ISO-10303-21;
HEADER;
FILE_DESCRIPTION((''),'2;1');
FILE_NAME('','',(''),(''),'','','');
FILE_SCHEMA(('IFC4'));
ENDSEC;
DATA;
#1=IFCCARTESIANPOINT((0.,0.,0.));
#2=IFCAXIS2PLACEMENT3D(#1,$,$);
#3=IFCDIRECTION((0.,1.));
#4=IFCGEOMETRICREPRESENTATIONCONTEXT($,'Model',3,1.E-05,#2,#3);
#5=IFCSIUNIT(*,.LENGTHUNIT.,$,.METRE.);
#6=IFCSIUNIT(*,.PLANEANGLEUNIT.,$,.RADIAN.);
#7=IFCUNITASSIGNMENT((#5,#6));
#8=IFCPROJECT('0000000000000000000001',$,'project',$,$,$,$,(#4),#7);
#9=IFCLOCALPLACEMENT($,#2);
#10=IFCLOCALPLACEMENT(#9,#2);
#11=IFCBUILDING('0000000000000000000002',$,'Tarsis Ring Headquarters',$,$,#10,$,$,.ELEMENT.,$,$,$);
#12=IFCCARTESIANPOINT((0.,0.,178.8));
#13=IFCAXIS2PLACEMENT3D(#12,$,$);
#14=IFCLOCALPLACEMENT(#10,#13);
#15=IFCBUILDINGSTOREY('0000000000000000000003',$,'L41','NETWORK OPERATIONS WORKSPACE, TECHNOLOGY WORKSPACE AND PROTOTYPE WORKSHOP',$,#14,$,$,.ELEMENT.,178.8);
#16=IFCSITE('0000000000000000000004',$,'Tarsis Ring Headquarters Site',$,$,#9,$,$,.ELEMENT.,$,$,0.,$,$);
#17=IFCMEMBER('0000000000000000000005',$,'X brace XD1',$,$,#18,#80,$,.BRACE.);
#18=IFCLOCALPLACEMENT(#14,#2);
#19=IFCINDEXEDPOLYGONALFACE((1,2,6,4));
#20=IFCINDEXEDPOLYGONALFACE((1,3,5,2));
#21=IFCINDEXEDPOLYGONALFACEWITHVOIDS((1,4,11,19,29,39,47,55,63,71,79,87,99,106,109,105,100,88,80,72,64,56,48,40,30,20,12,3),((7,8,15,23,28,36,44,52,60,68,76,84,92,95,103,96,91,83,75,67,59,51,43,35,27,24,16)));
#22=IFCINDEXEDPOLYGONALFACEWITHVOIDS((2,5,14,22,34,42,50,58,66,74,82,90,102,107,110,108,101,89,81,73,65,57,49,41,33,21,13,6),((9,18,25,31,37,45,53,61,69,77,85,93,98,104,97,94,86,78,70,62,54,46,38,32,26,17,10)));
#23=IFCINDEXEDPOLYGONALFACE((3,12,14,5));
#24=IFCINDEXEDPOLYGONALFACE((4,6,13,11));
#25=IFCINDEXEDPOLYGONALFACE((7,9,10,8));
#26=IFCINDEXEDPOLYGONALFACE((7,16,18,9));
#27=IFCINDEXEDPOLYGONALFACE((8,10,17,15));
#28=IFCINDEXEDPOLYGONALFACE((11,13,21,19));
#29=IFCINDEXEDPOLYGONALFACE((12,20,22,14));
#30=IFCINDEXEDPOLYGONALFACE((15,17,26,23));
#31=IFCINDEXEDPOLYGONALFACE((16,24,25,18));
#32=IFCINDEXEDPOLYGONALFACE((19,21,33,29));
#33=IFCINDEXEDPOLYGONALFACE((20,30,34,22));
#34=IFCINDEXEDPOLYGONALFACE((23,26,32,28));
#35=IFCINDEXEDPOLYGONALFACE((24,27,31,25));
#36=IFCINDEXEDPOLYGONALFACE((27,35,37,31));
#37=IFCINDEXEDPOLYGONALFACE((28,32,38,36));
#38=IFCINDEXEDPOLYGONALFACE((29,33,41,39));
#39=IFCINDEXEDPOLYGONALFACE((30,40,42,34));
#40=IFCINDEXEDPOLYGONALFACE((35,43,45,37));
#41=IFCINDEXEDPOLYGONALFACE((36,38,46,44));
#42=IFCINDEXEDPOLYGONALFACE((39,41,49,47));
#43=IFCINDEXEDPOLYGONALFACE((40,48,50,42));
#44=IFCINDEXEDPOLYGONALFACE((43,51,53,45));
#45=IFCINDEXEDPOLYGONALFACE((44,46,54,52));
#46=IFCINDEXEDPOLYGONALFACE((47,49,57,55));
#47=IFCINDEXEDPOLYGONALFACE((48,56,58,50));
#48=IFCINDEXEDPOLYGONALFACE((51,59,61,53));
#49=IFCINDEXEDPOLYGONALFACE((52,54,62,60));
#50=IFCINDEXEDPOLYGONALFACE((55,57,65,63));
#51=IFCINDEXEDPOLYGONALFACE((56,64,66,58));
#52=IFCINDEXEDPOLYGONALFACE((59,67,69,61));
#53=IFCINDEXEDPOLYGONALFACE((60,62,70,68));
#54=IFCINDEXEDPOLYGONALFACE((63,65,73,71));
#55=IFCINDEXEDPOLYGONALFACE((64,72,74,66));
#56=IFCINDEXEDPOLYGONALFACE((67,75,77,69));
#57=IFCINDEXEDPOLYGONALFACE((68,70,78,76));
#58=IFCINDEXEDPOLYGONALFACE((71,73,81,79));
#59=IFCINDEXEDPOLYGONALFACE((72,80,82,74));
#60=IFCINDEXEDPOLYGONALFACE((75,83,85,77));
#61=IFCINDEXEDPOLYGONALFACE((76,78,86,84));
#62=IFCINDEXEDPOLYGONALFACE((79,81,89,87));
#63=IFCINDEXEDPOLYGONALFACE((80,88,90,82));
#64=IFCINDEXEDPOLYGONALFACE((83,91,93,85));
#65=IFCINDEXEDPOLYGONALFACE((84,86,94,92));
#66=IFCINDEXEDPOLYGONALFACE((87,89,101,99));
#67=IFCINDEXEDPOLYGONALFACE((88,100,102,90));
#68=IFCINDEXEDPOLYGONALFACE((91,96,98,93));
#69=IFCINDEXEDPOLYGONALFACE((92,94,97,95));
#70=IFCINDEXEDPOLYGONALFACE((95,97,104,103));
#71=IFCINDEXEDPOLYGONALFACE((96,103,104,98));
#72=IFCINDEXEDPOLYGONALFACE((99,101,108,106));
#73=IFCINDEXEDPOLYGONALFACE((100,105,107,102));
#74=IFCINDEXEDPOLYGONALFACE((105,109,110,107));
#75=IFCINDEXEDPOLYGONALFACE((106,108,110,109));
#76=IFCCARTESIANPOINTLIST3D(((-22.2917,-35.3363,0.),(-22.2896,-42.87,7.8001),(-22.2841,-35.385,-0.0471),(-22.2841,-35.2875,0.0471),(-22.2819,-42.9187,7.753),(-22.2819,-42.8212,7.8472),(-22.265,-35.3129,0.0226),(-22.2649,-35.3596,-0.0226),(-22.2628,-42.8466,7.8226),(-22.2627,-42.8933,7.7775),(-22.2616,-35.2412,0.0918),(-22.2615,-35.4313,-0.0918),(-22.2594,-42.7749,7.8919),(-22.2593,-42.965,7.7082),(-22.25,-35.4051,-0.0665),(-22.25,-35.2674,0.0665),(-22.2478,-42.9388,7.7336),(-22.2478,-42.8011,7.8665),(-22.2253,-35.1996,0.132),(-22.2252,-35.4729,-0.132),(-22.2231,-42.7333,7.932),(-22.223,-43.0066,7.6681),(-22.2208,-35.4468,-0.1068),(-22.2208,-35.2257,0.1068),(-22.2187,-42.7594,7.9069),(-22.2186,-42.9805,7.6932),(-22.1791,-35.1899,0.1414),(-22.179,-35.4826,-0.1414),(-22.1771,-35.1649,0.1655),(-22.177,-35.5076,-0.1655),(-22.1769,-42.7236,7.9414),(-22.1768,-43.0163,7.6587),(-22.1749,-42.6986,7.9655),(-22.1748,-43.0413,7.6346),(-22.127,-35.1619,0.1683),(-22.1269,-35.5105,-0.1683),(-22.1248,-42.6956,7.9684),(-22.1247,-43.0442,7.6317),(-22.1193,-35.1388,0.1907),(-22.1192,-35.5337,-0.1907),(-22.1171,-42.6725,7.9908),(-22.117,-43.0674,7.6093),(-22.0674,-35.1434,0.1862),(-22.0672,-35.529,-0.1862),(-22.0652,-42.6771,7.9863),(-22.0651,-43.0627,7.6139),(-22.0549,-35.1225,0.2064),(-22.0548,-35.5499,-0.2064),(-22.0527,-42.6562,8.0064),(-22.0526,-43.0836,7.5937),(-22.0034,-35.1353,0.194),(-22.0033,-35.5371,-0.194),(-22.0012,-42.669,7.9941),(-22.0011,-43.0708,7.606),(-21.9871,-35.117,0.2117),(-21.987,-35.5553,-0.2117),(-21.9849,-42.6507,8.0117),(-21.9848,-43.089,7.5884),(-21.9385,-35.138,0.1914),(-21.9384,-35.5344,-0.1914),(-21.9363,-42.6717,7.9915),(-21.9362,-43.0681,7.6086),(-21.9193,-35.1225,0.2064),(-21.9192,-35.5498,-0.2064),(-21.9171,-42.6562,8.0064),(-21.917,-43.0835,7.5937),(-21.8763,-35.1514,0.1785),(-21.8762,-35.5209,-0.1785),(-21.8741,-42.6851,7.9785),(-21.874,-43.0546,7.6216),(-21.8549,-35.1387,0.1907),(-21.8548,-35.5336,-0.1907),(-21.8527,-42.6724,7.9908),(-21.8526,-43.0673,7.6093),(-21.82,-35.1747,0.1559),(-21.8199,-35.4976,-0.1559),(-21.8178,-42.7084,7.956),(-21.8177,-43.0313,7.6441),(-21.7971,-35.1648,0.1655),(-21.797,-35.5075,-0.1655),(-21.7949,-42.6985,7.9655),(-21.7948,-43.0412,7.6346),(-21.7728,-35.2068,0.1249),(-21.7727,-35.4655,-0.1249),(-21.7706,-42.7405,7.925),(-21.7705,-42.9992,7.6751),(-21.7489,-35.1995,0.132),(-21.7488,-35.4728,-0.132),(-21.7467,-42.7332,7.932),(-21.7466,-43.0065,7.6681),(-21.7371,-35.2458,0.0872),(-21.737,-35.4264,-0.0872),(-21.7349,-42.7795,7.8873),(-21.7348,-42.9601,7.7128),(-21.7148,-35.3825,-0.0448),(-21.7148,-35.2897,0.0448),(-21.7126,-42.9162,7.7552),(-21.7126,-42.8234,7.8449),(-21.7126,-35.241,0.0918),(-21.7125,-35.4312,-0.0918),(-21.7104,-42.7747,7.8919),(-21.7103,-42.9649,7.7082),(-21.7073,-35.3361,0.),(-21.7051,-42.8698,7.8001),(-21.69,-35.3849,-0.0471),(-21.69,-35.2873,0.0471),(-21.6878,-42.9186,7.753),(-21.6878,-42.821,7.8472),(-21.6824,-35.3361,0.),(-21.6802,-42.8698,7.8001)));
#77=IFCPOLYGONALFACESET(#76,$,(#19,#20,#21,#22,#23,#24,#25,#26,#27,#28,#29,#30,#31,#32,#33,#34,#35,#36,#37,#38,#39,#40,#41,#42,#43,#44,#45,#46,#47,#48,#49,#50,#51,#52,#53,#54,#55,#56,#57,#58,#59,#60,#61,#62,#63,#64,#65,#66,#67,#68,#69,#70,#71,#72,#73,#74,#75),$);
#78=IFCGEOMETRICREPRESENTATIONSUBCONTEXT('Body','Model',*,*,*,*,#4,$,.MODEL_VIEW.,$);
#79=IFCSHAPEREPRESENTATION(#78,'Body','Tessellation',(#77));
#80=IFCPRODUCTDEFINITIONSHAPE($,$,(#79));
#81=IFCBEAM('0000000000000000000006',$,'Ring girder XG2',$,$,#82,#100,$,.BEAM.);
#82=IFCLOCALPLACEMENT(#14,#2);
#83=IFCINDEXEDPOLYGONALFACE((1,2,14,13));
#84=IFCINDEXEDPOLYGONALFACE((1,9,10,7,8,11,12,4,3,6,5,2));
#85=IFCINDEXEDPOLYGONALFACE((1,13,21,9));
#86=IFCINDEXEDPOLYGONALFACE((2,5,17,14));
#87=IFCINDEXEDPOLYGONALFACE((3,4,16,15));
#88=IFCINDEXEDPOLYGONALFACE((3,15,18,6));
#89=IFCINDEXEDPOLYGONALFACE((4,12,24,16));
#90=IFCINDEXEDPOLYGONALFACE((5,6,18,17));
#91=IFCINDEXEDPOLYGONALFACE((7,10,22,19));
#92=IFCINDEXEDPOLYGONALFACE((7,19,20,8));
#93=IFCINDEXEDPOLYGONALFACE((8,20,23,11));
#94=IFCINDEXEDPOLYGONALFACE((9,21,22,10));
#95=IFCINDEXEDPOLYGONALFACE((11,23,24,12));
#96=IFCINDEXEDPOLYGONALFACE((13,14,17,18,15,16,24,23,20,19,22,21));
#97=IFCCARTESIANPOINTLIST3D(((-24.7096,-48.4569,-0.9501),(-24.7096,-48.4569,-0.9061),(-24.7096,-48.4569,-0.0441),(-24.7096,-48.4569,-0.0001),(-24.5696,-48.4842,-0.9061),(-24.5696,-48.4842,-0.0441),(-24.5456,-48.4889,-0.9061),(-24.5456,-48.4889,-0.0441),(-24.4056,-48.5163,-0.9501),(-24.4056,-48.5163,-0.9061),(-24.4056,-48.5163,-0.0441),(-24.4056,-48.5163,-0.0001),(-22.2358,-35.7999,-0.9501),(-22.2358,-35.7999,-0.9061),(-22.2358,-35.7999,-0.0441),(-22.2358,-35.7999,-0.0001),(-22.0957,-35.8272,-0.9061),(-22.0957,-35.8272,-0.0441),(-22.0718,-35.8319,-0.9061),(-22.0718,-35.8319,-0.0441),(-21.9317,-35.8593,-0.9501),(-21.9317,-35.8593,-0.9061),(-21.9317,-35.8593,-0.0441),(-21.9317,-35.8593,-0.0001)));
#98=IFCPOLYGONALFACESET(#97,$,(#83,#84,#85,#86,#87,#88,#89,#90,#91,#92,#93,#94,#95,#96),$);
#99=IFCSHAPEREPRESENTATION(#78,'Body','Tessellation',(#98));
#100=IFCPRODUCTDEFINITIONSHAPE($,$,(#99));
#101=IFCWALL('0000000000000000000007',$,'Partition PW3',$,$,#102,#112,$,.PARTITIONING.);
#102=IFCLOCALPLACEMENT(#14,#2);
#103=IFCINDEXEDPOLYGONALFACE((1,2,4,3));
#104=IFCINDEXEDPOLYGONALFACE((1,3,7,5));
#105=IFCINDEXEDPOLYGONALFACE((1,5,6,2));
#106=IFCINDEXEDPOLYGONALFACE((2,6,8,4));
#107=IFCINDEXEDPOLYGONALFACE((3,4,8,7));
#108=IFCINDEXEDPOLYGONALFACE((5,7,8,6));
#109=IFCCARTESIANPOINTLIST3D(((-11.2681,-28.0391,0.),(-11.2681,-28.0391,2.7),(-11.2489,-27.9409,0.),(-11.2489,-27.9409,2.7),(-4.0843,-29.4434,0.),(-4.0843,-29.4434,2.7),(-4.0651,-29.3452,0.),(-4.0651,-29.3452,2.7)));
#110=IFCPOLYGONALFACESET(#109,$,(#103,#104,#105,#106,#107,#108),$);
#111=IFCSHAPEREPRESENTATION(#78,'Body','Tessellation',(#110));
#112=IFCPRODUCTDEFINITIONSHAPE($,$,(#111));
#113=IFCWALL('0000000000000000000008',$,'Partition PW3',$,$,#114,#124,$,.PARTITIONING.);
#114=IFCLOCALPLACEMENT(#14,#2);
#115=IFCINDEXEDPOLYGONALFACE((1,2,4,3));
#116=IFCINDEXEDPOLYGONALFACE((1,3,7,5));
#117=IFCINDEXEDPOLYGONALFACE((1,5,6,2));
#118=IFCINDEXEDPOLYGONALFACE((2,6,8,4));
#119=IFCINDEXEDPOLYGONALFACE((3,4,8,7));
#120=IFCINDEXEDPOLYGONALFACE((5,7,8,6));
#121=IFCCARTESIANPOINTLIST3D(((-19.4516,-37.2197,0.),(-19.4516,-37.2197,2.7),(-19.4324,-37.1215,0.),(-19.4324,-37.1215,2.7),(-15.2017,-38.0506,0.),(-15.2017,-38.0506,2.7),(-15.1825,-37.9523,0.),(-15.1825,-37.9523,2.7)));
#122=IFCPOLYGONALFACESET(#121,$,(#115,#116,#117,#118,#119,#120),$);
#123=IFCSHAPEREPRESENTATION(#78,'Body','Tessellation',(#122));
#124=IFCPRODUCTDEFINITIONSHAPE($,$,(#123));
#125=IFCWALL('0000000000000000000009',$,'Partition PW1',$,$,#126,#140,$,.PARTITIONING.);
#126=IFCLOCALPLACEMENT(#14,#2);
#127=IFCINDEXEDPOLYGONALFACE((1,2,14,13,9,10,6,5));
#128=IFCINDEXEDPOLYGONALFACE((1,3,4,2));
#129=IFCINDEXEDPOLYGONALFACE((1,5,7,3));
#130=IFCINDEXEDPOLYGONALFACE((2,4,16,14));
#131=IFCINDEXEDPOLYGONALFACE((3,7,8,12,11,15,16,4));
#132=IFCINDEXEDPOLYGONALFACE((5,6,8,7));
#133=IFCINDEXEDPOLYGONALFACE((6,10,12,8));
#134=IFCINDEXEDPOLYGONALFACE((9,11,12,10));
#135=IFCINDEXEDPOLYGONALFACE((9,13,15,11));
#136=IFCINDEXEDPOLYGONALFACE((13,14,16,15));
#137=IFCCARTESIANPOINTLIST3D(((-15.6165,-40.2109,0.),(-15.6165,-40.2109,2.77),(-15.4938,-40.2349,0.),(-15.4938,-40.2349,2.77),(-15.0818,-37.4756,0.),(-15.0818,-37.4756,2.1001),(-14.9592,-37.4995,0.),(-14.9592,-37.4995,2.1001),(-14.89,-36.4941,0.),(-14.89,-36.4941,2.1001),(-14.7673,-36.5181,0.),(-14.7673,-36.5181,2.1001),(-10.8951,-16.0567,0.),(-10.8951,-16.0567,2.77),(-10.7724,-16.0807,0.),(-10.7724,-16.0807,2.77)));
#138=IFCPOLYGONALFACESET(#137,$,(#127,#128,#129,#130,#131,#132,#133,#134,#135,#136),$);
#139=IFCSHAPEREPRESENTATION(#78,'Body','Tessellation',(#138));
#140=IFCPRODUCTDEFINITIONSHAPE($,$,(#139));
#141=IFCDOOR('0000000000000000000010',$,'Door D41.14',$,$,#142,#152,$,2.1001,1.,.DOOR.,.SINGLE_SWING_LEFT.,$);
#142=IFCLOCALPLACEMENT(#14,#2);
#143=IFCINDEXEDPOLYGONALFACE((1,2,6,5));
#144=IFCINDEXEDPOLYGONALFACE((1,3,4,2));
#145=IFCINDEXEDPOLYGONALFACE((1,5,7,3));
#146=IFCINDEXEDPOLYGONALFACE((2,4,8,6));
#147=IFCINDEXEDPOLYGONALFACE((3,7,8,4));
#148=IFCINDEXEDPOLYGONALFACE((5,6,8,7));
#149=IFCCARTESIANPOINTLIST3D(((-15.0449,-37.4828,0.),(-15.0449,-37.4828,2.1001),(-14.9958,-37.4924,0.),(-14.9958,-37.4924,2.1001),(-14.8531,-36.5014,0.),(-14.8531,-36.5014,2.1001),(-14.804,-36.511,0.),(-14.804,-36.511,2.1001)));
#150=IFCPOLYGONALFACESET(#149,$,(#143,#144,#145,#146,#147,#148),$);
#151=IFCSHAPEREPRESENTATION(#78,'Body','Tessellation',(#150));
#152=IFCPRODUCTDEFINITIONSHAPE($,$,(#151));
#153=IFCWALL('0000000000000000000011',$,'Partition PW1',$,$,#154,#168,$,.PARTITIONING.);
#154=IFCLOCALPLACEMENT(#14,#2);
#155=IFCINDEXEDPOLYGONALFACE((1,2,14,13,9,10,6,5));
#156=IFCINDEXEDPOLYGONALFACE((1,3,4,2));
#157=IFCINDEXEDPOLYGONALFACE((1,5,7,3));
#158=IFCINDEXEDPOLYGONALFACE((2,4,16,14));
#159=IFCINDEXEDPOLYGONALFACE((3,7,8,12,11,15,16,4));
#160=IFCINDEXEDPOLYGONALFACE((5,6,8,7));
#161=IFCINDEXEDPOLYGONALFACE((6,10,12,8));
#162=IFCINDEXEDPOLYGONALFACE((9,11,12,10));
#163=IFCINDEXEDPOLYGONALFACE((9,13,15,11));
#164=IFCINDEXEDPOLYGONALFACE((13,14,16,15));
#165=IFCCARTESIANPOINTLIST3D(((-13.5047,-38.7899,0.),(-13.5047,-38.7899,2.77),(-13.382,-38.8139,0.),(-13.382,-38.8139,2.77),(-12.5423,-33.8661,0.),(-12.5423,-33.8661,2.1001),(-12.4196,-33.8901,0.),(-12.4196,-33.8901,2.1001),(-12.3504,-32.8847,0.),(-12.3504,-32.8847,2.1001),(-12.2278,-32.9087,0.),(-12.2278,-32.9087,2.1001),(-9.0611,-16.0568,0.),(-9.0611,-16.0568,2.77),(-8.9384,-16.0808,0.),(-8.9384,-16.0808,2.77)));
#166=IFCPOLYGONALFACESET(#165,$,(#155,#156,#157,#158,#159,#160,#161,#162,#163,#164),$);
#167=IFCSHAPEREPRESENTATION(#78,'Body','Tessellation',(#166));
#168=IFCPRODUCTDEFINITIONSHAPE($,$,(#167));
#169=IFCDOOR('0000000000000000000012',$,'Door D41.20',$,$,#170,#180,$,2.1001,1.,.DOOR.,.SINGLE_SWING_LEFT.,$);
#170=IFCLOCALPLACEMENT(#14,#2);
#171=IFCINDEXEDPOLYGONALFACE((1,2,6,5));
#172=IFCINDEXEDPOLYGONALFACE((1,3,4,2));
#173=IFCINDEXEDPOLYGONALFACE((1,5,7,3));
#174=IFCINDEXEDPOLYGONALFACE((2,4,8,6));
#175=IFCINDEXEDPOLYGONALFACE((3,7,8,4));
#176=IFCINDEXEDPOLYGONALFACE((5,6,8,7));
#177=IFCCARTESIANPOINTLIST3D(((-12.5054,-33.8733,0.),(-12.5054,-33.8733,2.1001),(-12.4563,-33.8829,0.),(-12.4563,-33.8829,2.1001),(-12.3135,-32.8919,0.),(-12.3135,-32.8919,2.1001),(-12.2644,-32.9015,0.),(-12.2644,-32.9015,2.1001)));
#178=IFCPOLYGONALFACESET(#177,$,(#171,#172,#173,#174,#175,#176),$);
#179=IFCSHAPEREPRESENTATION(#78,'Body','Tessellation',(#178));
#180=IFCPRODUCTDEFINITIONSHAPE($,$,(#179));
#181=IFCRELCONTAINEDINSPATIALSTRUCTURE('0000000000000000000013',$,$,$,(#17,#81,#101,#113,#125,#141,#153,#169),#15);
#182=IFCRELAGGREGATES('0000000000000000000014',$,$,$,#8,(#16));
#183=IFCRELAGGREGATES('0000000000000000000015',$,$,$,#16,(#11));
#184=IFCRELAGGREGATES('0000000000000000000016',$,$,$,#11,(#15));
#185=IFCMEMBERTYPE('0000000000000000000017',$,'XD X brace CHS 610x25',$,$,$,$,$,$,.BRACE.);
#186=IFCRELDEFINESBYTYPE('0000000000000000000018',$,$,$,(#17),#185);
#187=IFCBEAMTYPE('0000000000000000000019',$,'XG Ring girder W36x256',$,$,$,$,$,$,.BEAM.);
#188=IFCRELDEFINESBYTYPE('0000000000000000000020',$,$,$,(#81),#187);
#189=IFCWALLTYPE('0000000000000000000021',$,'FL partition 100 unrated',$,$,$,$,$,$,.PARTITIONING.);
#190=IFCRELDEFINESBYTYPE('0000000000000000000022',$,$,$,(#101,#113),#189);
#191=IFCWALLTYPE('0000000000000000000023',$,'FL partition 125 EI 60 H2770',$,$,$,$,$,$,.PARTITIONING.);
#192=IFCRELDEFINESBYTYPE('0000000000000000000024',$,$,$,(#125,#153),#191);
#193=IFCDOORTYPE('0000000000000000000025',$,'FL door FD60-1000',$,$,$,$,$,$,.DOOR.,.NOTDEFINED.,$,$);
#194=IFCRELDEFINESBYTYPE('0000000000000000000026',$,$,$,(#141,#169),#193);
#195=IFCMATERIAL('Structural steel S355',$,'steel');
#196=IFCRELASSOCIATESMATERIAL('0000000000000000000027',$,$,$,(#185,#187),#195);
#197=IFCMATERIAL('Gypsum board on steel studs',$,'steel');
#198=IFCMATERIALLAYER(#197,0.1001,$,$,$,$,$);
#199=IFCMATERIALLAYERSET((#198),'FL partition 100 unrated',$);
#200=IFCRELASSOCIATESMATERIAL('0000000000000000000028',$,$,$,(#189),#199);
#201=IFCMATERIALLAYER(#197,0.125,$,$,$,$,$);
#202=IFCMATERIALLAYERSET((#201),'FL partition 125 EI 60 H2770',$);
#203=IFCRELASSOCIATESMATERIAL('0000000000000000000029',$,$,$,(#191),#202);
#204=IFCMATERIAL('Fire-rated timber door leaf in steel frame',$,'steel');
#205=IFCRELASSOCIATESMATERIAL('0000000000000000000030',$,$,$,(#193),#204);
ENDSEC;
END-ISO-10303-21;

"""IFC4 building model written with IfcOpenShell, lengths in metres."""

from ifc_helpers import new_model, si_unit, direction, frame, frame_2d, origin, origin_2d, place, context, subcontext, project, spatial, rectangle, hollow_circle, i_section, extrude, material, layer, layer_set, material_profile, profile_set, type_object, element, fill, save


model = new_model("IFC4")

# Units and contexts
model_context = context("Model", 3, precision=1e-05, world=origin(), true_north=direction((0.0, 1.0)))
body_context = subcontext(model_context, "Body", "Model", "MODEL_VIEW")
ifc_project = project(units=[si_unit("LENGTHUNIT", "METRE"), si_unit("PLANEANGLEUNIT", "RADIAN")], contexts=[model_context])

# Site, building, storey
site_placement = place(None, origin())
site = spatial("IfcSite", under=ifc_project, at=site_placement, Name="Tarsis Ring Headquarters Site", CompositionType="ELEMENT", RefElevation=0.0)
building_placement = place(site_placement, origin())
building = spatial("IfcBuilding", under=site, at=building_placement, Name="Tarsis Ring Headquarters", CompositionType="ELEMENT")
storey_placement = place(building_placement, frame((0.0, 0.0, 178.8)))
storey = spatial("IfcBuildingStorey", under=building, at=storey_placement, Name="L41", Description="NETWORK OPERATIONS WORKSPACE, TECHNOLOGY WORKSPACE AND PROTOTYPE WORKSHOP", CompositionType="ELEMENT", Elevation=178.8)

# Shared definitions
ifc_material_1 = material(Name="Structural steel S355", Category="steel")

# Shared definitions
ifc_material_profile_1 = material_profile(ifc_material_1, i_section(OverallWidth=0.3098, OverallDepth=0.95, WebThickness=0.0244, FlangeThickness=0.0439, at=origin_2d()), Name="W36x256")
ifc_profile_set_1 = profile_set([ifc_material_profile_1], Name="Structural steel S355")

# Member
ifc_material_profile_2 = material_profile(ifc_material_1, hollow_circle(Radius=0.3047, WallThickness=0.0249, at=origin_2d()), Name="CHS 610x25")
ifc_profile_set_2 = profile_set([ifc_material_profile_2], Name="Structural steel S355")
member_type = type_object("IfcMemberType", Name="XD X brace CHS 610x25", PredefinedType="BRACE", material=ifc_profile_set_2)
member_placement = place(storey_placement, frame((-21.9871, -35.3362, 0.0), z_axis=(0.000203, -0.694719, 0.719281), x_axis=(1.0, 0.000292, 0.0)))
element("IfcMember", 1, at=member_placement, inside=storey, type_object=member_type, Name="X brace XD1", PredefinedType="BRACE", context=body_context, shape_type="SweptSolid", body=[
    extrude(hollow_circle(Radius=0.3047, WallThickness=0.0249, at=origin_2d()), origin(), (0.0, 0.0, 1.0), 10.8442),
])

# Beam
beam_type_1 = type_object("IfcBeamType", Name="XG Ring girder W36x256", PredefinedType="BEAM", material=ifc_profile_set_1)
beam_placement = place(storey_placement, frame((-22.0837, -35.8296, -0.4751), z_axis=(-0.191826, -0.981429, 0.0), x_axis=(0.981429, -0.191826, 0.0)))
element("IfcBeam", 2, at=beam_placement, inside=storey, type_object=beam_type_1, Name="Ring girder XG2", PredefinedType="BEAM", context=body_context, shape_type="SweptSolid", body=[
    extrude(i_section(OverallWidth=0.3098, OverallDepth=0.95, WebThickness=0.0244, FlangeThickness=0.0439, at=origin_2d()), origin(), (0.0, 0.0, 1.0), 12.8965),
])

# Walls
ifc_material_2 = material(Name="Gypsum board on steel studs", Category="steel")
ifc_layer_1 = layer(ifc_material_2, 0.1001)
ifc_layer_set_1 = layer_set([ifc_layer_1], Name="FL partition 100 unrated")
wall_type_1 = type_object("IfcWallType", Name="FL partition 100 unrated", PredefinedType="PARTITIONING", material=ifc_layer_set_1)
wall_1_placement = place(storey_placement, frame((-11.2585, -27.99, 0.0), z_axis=(0.0, 0.0, 1.0), x_axis=(0.981424, -0.191849, 0.0)))
element("IfcWall", 3, at=wall_1_placement, inside=storey, type_object=wall_type_1, Name="Partition PW3", PredefinedType="PARTITIONING", context=body_context, shape_type="SweptSolid", body=[
    extrude(rectangle(XDim=7.3198, YDim=0.1001, at=frame_2d((3.6599, 0.0))), origin(), (0.0, 0.0, 1.0), 2.7),
])
wall_2_placement = place(storey_placement, frame((-19.4419, -37.1707, 0.0), z_axis=(0.0, 0.0, 1.0), x_axis=(0.981422, -0.191864, 0.0)))
element("IfcWall", 4, at=wall_2_placement, inside=storey, type_object=wall_type_1, Name="Partition PW3", PredefinedType="PARTITIONING", context=body_context, shape_type="SweptSolid", body=[
    extrude(rectangle(XDim=4.3303, YDim=0.1001, at=frame_2d((2.165, 0.0))), origin(), (0.0, 0.0, 1.0), 2.7),
])

# Walls, openings, doors
ifc_layer_2 = layer(ifc_material_2, 0.125)
ifc_layer_set_2 = layer_set([ifc_layer_2], Name="FL partition 125 EI 60 H2770")
wall_type_2 = type_object("IfcWallType", Name="FL partition 125 EI 60 H2770", PredefinedType="PARTITIONING", material=ifc_layer_set_2)
wall_3_placement = place(storey_placement, frame((-15.5552, -40.2229, 0.0), z_axis=(0.0, 0.0, 1.0), x_axis=(0.191839, 0.981426, 0.0)))
wall_3 = element("IfcWall", 5, at=wall_3_placement, inside=storey, type_object=wall_type_2, Name="Partition PW1", PredefinedType="PARTITIONING", context=body_context, shape_type="SweptSolid", body=[
    extrude(rectangle(XDim=24.6113, YDim=0.125, at=frame_2d((12.3057, 0.0))), origin(), (0.0, 0.0, 1.0), 2.77),
])
opening_1_placement = place(wall_3_placement, frame((2.7871, 0.0, 0.0)))
opening_1 = element("IfcOpeningElement", 6, at=opening_1_placement, cuts=wall_3, PredefinedType="OPENING", context=body_context, shape_type="SweptSolid", body=[
    extrude(rectangle(XDim=1.0, YDim=2.1001, at=frame_2d((0.5, 1.05))), frame((0.0, 0.0725, 0.0), z_axis=(0.0, -1.0, 0.0), x_axis=(1.0, 0.0, 0.0)), (0.0, 0.0, 1.0), 0.145),
])
ifc_material_3 = material(Name="Fire-rated timber door leaf in steel frame", Category="steel")
door_type = type_object("IfcDoorType", Name="FL door FD60-1000", OperationType="NOTDEFINED", PredefinedType="DOOR", material=ifc_material_3)
door_1_placement = place(opening_1_placement, origin())
door_1 = element("IfcDoor", 7, at=door_1_placement, inside=storey, type_object=door_type, Name="Door D41.14", OperationType="SINGLE_SWING_LEFT", OverallHeight=2.1001, OverallWidth=1.0, PredefinedType="DOOR", context=body_context, shape_type="SweptSolid", body=[
    extrude(rectangle(XDim=1.0, YDim=2.1001, at=frame_2d((0.5, 1.05))), frame((0.0, 0.0249, 0.0), z_axis=(0.0, -1.0, 0.0), x_axis=(1.0, 0.0, 0.0)), (0.0, 0.0, 1.0), 0.05),
])
fill(opening_1, door_1)
wall_4_placement = place(storey_placement, frame((-13.4434, -38.8018, 0.0), z_axis=(0.0, 0.0, 1.0), x_axis=(0.191837, 0.981427, 0.0)))
wall_4 = element("IfcWall", 8, at=wall_4_placement, inside=storey, type_object=wall_type_2, Name="Partition PW1", PredefinedType="PARTITIONING", context=body_context, shape_type="SweptSolid", body=[
    extrude(rectangle(XDim=23.1633, YDim=0.125, at=frame_2d((11.5815, 0.0))), origin(), (0.0, 0.0, 1.0), 2.77),
])
opening_2_placement = place(wall_4_placement, frame((5.0168, 0.0, 0.0)))
opening_2 = element("IfcOpeningElement", 9, at=opening_2_placement, cuts=wall_4, PredefinedType="OPENING", context=body_context, shape_type="SweptSolid", body=[
    extrude(rectangle(XDim=1.0, YDim=2.1001, at=frame_2d((0.5, 1.05))), frame((0.0, 0.0725, 0.0), z_axis=(0.0, -1.0, 0.0), x_axis=(1.0, 0.0, 0.0)), (0.0, 0.0, 1.0), 0.145),
])
door_2_placement = place(opening_2_placement, origin())
door_2 = element("IfcDoor", 10, at=door_2_placement, inside=storey, type_object=door_type, Name="Door D41.20", OperationType="SINGLE_SWING_LEFT", OverallHeight=2.1001, OverallWidth=1.0, PredefinedType="DOOR", context=body_context, shape_type="SweptSolid", body=[
    extrude(rectangle(XDim=1.0, YDim=2.1001, at=frame_2d((0.5, 1.05))), frame((0.0, 0.0249, 0.0), z_axis=(0.0, -1.0, 0.0), x_axis=(1.0, 0.0, 0.0)), (0.0, 0.0, 1.0), 0.05),
])
fill(opening_2, door_2)

save(model, "model.ifc")
